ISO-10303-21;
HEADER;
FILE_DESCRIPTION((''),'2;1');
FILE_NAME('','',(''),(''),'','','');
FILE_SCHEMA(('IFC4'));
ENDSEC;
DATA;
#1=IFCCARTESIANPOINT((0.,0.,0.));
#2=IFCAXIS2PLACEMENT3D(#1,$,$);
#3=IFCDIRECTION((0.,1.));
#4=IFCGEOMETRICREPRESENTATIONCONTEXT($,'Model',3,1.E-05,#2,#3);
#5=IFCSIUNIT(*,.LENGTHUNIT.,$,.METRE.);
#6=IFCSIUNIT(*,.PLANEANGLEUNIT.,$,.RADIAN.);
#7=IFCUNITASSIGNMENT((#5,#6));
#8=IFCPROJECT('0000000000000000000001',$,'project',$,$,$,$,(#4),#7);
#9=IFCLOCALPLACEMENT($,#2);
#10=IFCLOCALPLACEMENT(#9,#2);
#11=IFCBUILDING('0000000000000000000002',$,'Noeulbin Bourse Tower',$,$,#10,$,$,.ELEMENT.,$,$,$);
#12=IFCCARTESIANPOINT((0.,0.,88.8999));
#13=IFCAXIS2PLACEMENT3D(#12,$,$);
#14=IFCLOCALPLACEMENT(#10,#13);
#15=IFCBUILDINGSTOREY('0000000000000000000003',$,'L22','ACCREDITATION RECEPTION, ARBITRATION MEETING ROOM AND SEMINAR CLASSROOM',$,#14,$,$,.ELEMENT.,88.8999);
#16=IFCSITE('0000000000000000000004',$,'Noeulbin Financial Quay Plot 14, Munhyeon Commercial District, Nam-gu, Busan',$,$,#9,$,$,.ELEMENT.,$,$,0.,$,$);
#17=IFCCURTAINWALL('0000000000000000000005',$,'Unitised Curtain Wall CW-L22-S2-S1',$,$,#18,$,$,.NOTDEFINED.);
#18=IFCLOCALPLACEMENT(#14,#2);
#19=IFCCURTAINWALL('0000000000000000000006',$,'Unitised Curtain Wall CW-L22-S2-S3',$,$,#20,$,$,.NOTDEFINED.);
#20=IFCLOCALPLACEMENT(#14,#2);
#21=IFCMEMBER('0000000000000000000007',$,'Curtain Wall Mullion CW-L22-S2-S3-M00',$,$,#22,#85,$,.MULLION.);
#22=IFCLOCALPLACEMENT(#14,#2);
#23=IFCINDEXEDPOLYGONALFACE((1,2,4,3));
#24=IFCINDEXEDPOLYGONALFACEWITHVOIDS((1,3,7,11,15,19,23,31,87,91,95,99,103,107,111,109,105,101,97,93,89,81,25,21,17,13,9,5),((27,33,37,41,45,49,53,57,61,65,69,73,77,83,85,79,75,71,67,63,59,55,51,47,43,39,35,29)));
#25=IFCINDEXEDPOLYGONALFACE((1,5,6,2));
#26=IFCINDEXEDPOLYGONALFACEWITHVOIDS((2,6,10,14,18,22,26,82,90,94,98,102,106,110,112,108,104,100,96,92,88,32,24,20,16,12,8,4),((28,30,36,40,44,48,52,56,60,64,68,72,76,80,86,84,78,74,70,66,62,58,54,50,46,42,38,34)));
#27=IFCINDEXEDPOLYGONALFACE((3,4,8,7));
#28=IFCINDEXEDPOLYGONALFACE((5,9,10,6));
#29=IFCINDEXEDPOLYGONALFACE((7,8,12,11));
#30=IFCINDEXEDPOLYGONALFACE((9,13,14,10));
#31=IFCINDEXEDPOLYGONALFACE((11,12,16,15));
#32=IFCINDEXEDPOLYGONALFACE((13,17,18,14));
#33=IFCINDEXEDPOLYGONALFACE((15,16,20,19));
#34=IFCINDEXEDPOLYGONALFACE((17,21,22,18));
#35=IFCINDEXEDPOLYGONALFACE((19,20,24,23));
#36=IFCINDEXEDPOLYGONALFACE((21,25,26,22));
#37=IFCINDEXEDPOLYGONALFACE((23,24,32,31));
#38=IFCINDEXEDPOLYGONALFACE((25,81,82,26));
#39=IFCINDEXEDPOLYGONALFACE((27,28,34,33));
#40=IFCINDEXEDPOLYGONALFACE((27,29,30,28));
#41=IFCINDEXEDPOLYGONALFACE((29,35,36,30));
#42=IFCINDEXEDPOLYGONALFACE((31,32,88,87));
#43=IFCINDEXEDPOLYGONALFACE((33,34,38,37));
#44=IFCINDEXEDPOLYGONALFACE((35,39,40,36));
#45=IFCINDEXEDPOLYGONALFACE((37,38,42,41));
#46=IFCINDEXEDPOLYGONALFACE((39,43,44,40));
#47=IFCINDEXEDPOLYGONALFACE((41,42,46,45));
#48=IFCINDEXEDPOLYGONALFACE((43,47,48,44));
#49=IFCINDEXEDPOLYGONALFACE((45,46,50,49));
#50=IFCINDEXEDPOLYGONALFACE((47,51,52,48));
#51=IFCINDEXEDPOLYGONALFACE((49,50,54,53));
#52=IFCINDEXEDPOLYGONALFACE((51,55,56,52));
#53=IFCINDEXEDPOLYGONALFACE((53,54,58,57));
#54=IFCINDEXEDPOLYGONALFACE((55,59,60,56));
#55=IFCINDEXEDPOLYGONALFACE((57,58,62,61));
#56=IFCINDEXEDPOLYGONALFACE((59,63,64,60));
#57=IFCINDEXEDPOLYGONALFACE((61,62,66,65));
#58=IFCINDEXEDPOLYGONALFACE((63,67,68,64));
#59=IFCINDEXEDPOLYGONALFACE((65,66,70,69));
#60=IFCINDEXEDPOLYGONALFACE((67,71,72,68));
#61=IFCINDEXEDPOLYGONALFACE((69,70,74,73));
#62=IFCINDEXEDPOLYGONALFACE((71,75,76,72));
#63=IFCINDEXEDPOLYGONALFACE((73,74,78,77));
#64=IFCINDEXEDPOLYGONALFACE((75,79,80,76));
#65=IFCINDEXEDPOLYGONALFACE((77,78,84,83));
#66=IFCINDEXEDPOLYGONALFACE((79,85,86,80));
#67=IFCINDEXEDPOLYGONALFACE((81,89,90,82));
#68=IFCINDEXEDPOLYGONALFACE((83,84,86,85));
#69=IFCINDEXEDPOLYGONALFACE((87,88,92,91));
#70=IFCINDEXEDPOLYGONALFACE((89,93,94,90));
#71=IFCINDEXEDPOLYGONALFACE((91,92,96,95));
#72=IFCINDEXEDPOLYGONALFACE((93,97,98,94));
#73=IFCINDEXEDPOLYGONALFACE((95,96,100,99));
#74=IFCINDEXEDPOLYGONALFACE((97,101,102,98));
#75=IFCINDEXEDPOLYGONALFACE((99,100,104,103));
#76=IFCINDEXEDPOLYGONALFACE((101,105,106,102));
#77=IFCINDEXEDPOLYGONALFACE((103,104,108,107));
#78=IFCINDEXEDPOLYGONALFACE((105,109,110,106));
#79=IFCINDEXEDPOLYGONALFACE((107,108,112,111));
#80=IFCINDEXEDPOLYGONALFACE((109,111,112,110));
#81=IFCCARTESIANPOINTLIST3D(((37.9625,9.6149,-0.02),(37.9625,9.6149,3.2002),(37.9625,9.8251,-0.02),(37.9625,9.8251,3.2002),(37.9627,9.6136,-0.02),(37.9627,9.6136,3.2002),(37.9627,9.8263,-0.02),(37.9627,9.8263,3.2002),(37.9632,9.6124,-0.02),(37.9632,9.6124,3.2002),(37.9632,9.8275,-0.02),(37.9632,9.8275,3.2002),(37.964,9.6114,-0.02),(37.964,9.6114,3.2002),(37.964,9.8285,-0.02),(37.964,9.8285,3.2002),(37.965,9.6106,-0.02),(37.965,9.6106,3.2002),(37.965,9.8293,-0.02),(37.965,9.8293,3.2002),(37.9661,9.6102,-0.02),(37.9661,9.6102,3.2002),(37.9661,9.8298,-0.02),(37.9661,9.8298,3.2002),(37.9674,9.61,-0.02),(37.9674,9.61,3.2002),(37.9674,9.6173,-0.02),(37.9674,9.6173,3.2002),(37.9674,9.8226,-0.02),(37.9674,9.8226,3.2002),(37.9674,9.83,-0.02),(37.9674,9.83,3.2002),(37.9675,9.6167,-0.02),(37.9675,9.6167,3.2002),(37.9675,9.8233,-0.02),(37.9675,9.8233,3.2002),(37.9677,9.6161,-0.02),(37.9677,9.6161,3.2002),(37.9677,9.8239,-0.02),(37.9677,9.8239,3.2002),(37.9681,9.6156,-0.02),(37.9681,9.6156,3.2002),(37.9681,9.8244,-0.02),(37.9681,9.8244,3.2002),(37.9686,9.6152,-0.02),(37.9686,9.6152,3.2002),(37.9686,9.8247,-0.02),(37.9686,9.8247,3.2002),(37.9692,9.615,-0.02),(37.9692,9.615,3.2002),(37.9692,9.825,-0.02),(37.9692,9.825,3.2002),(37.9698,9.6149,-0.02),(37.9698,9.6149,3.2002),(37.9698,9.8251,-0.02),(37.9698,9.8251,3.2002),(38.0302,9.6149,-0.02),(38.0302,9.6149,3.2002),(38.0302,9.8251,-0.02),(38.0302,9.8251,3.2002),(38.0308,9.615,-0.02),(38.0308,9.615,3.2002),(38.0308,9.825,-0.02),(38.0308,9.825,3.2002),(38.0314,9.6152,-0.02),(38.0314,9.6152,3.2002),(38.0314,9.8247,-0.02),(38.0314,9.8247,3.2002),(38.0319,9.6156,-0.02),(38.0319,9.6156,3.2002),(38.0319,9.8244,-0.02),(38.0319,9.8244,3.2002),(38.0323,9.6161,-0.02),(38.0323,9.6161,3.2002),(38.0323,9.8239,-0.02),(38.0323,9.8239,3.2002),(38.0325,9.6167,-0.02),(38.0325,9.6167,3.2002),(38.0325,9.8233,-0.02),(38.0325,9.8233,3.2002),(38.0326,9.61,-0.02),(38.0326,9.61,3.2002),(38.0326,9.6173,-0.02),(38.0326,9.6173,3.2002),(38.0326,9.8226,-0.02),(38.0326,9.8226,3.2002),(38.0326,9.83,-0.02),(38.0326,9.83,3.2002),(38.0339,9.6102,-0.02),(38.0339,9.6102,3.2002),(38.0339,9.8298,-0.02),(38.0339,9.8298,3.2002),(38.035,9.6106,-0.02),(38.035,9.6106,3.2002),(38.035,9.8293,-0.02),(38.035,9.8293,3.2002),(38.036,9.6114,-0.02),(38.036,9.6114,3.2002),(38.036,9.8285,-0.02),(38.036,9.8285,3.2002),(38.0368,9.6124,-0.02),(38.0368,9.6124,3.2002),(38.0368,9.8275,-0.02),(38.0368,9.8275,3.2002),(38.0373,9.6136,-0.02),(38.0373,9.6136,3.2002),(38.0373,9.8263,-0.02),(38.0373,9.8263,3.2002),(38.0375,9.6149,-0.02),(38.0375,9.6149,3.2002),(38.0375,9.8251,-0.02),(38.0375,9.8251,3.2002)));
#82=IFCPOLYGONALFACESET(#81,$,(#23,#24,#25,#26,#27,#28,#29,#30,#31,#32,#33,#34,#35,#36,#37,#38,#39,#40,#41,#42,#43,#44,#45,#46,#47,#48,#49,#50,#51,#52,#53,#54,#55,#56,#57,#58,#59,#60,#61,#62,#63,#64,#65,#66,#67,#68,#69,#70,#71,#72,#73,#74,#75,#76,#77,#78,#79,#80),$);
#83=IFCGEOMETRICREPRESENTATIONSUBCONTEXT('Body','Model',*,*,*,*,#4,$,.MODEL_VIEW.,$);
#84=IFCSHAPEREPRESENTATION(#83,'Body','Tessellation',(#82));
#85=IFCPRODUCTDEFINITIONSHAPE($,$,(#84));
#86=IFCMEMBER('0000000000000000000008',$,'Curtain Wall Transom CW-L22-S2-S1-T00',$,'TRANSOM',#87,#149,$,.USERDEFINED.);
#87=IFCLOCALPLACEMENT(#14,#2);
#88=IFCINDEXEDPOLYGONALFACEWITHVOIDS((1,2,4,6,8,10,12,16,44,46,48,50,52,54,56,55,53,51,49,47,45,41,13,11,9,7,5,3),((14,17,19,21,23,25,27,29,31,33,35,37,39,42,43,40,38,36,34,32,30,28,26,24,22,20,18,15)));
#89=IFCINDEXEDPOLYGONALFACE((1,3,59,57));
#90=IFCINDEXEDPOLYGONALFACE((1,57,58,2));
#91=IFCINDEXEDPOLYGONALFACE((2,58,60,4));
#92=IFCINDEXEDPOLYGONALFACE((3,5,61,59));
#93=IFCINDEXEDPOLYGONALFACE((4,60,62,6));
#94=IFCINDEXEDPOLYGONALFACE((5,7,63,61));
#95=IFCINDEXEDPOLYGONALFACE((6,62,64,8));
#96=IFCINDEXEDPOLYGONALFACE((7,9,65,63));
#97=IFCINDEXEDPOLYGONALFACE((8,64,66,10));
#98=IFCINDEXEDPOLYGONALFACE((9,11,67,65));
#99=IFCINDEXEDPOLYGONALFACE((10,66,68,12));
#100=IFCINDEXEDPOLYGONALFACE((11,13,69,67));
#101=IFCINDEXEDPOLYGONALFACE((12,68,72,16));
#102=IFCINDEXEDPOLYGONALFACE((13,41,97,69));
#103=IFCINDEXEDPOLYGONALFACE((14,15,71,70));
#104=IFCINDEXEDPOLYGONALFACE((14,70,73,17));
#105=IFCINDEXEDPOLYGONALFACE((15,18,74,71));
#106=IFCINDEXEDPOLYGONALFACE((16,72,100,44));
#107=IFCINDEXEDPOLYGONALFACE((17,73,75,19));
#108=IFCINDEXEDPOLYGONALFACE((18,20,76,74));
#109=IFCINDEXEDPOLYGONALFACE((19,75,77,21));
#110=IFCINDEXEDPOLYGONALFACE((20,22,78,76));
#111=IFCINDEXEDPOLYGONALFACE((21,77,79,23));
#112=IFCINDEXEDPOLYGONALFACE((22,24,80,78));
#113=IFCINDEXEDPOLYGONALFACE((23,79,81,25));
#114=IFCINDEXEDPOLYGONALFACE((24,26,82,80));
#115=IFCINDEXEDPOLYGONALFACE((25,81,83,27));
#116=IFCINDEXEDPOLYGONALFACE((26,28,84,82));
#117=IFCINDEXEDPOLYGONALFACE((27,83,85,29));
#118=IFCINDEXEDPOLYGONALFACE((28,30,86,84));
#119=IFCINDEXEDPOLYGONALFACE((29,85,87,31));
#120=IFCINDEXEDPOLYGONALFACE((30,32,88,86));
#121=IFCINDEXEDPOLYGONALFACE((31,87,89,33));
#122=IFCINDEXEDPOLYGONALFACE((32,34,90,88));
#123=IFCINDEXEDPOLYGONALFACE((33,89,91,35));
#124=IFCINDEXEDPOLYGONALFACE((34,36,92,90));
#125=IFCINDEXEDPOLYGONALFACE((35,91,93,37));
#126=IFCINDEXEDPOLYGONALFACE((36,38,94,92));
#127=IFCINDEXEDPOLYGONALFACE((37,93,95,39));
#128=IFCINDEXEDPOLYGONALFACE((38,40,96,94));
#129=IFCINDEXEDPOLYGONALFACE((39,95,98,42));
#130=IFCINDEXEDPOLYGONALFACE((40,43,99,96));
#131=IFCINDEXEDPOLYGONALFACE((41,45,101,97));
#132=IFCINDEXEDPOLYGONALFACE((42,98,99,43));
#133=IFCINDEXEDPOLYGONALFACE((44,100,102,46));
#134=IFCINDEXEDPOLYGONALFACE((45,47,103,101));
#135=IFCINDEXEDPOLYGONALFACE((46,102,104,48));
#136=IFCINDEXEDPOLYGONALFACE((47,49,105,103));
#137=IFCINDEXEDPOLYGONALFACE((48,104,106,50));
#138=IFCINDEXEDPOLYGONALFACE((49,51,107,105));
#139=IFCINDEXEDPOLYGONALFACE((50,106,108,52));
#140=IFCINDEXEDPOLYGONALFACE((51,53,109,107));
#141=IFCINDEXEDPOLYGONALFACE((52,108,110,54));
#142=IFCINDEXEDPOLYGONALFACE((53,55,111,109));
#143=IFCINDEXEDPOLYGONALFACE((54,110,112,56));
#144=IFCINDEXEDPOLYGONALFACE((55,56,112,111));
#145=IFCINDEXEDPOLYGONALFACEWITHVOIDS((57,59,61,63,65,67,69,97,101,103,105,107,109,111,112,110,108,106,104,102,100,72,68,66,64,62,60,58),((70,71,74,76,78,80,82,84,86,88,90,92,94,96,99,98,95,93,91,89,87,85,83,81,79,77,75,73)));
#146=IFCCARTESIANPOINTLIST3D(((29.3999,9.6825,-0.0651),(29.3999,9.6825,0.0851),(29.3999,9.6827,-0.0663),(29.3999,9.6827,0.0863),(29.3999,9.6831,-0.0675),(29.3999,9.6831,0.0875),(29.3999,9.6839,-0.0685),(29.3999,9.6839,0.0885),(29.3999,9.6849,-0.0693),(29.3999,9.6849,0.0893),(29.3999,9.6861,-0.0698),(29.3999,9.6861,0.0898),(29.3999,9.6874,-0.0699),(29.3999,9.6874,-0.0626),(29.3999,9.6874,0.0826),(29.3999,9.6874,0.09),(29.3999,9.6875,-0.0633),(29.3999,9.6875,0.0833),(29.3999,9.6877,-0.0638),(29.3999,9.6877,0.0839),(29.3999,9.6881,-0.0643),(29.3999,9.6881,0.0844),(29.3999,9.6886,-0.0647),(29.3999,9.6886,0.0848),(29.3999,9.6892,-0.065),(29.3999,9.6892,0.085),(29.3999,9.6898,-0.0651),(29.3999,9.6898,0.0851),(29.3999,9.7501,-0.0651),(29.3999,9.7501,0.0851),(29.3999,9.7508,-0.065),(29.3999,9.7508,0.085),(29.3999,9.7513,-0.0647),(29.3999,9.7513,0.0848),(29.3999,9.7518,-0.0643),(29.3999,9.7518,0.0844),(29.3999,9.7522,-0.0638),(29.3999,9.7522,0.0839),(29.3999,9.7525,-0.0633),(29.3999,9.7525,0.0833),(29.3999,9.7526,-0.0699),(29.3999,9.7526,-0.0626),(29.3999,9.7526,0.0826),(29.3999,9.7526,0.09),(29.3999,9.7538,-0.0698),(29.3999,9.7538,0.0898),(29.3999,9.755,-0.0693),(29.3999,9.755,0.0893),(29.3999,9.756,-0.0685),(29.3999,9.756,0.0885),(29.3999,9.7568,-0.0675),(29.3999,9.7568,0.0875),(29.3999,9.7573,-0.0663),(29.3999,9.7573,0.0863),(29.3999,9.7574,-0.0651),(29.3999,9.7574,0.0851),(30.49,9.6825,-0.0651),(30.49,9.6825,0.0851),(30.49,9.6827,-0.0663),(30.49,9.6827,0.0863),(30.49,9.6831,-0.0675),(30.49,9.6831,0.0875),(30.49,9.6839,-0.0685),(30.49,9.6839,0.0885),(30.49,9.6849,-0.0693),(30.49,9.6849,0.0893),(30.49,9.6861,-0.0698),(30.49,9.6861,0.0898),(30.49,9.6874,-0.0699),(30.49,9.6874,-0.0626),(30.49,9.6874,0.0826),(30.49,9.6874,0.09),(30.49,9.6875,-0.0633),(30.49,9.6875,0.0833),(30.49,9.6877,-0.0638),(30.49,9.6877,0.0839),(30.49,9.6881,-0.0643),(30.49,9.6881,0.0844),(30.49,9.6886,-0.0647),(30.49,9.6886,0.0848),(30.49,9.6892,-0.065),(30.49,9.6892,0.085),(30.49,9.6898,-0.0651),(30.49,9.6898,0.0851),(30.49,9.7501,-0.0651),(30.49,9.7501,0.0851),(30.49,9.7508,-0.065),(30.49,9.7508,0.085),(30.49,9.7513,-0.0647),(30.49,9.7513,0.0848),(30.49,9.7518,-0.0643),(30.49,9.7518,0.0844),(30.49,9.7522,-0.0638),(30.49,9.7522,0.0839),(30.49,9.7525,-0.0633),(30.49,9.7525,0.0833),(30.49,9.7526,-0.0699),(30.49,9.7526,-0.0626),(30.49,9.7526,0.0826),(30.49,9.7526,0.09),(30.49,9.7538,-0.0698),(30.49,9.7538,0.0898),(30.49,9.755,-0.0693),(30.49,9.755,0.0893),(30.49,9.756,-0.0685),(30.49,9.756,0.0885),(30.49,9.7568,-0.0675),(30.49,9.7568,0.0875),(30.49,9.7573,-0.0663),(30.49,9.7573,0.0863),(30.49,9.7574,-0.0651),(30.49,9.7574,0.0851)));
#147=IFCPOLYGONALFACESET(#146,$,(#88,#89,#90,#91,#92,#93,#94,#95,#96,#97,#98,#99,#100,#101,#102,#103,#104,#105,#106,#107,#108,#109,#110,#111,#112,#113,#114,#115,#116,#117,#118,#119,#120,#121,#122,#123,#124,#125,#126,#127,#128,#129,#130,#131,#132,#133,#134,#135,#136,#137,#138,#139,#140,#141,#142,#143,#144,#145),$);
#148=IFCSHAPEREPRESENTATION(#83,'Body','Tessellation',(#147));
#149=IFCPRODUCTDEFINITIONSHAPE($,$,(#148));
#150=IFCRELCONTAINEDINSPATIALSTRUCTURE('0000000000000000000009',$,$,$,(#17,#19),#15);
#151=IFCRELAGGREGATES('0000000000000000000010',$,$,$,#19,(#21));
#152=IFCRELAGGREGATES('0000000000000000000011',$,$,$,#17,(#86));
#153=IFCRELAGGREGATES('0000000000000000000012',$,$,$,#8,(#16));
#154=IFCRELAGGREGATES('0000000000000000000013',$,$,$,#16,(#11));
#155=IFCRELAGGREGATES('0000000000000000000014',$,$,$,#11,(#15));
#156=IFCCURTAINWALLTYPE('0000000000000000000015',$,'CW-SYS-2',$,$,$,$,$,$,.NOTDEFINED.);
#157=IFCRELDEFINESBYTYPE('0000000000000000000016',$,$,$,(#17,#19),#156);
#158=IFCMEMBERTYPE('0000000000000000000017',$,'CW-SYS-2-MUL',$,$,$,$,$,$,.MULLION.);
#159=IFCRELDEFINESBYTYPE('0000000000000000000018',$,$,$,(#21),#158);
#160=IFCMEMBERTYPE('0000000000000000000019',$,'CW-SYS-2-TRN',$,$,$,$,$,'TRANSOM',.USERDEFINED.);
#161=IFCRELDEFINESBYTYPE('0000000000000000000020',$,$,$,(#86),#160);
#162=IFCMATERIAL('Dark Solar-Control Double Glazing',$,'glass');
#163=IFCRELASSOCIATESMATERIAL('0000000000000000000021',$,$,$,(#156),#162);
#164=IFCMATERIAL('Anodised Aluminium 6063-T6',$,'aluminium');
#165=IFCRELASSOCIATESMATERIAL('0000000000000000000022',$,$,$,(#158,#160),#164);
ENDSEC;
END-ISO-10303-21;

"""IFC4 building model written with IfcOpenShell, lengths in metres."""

from ifc_helpers import new_model, si_unit, direction, frame, origin, origin_2d, place, context, subcontext, project, spatial, hollow_rectangle, extrude, material, material_profile, profile_set, type_object, element, aggregate, save


model = new_model("IFC4")

# Units and contexts
model_context = context("Model", 3, precision=1e-05, world=origin(), true_north=direction((0.0, 1.0)))
body_context = subcontext(model_context, "Body", "Model", "MODEL_VIEW")
ifc_project = project(units=[si_unit("LENGTHUNIT", "METRE"), si_unit("PLANEANGLEUNIT", "RADIAN")], contexts=[model_context])

# Site, building, storey
site_placement = place(None, origin())
site = spatial("IfcSite", under=ifc_project, at=site_placement, Name="Noeulbin Financial Quay Plot 14, Munhyeon Commercial District, Nam-gu, Busan", CompositionType="ELEMENT", RefElevation=0.0)
building_placement = place(site_placement, origin())
building = spatial("IfcBuilding", under=site, at=building_placement, Name="Noeulbin Bourse Tower", CompositionType="ELEMENT")
storey_placement = place(building_placement, frame((0.0, 0.0, 88.8999)))
storey = spatial("IfcBuildingStorey", under=building, at=storey_placement, Name="L22", Description="ACCREDITATION RECEPTION, ARBITRATION MEETING ROOM AND SEMINAR CLASSROOM", CompositionType="ELEMENT", Elevation=88.8999)

# Curtain wall
ifc_material_1 = material(Name="Dark Solar-Control Double Glazing", Category="glass")
curtain_wall_type = type_object("IfcCurtainWallType", Name="CW-SYS-2", PredefinedType="NOTDEFINED", material=ifc_material_1)
curtain_wall_1_placement = place(storey_placement, origin())
curtain_wall_1 = element("IfcCurtainWall", 1, at=curtain_wall_1_placement, inside=storey, type_object=curtain_wall_type, Name="Unitised Curtain Wall CW-L22-S2-S1", PredefinedType="NOTDEFINED")
ifc_material_2 = material(Name="Anodised Aluminium 6063-T6", Category="aluminium")
ifc_material_profile_1 = material_profile(ifc_material_2, hollow_rectangle(XDim=0.075, YDim=0.22, WallThickness=0.0049, InnerFilletRadius=0.0024, OuterFilletRadius=0.0049, at=origin_2d()), Name="ALU-MULL-75x220x5", Category="LoadBearing")
ifc_profile_set_1 = profile_set([ifc_material_profile_1], Name="Anodised Aluminium 6063-T6")
member_type_1 = type_object("IfcMemberType", Name="CW-SYS-2-MUL", PredefinedType="MULLION", material=ifc_profile_set_1)

# Curtain wall, member
curtain_wall_2_placement = place(storey_placement, origin())
curtain_wall_2 = element("IfcCurtainWall", 2, at=curtain_wall_2_placement, inside=storey, type_object=curtain_wall_type, Name="Unitised Curtain Wall CW-L22-S2-S3", PredefinedType="NOTDEFINED")
member_1_placement = place(storey_placement, frame((38.0, 9.72, -0.02), z_axis=(0.0, 0.0, 1.0), x_axis=(1.0, 0.0, 0.0)))
member_1 = element("IfcMember", 3, at=member_1_placement, type_object=member_type_1, Name="Curtain Wall Mullion CW-L22-S2-S3-M00", PredefinedType="MULLION", context=body_context, shape_type="SweptSolid", body=[
    extrude(hollow_rectangle(XDim=0.075, YDim=0.22, WallThickness=0.0049, InnerFilletRadius=0.0024, OuterFilletRadius=0.0049, at=origin_2d()), origin(), (0.0, 0.0, 1.0), 3.2202),
])

# Member
ifc_material_profile_2 = material_profile(ifc_material_2, hollow_rectangle(XDim=0.075, YDim=0.1599, WallThickness=0.0049, InnerFilletRadius=0.0024, OuterFilletRadius=0.0049, at=origin_2d()), Name="ALU-TRAN-75x160x5", Category="LoadBearing")
ifc_profile_set_2 = profile_set([ifc_material_profile_2], Name="Anodised Aluminium 6063-T6")
member_type_2 = type_object("IfcMemberType", Name="CW-SYS-2-TRN", ElementType="TRANSOM", PredefinedType="USERDEFINED", material=ifc_profile_set_2)
member_2_placement = place(storey_placement, frame((29.3999, 9.72, 0.01), z_axis=(1.0, 0.0, 0.0), x_axis=(0.0, 1.0, 0.0)))
member_2 = element("IfcMember", 4, at=member_2_placement, type_object=member_type_2, Name="Curtain Wall Transom CW-L22-S2-S1-T00", ObjectType="TRANSOM", PredefinedType="USERDEFINED", context=body_context, shape_type="SweptSolid", body=[
    extrude(hollow_rectangle(XDim=0.075, YDim=0.1599, WallThickness=0.0049, InnerFilletRadius=0.0024, OuterFilletRadius=0.0049, at=origin_2d()), origin(), (0.0, 0.0, 1.0), 1.0901),
])
aggregate(curtain_wall_2, [member_1])

aggregate(curtain_wall_1, [member_2])

save(model, "model.ifc")
